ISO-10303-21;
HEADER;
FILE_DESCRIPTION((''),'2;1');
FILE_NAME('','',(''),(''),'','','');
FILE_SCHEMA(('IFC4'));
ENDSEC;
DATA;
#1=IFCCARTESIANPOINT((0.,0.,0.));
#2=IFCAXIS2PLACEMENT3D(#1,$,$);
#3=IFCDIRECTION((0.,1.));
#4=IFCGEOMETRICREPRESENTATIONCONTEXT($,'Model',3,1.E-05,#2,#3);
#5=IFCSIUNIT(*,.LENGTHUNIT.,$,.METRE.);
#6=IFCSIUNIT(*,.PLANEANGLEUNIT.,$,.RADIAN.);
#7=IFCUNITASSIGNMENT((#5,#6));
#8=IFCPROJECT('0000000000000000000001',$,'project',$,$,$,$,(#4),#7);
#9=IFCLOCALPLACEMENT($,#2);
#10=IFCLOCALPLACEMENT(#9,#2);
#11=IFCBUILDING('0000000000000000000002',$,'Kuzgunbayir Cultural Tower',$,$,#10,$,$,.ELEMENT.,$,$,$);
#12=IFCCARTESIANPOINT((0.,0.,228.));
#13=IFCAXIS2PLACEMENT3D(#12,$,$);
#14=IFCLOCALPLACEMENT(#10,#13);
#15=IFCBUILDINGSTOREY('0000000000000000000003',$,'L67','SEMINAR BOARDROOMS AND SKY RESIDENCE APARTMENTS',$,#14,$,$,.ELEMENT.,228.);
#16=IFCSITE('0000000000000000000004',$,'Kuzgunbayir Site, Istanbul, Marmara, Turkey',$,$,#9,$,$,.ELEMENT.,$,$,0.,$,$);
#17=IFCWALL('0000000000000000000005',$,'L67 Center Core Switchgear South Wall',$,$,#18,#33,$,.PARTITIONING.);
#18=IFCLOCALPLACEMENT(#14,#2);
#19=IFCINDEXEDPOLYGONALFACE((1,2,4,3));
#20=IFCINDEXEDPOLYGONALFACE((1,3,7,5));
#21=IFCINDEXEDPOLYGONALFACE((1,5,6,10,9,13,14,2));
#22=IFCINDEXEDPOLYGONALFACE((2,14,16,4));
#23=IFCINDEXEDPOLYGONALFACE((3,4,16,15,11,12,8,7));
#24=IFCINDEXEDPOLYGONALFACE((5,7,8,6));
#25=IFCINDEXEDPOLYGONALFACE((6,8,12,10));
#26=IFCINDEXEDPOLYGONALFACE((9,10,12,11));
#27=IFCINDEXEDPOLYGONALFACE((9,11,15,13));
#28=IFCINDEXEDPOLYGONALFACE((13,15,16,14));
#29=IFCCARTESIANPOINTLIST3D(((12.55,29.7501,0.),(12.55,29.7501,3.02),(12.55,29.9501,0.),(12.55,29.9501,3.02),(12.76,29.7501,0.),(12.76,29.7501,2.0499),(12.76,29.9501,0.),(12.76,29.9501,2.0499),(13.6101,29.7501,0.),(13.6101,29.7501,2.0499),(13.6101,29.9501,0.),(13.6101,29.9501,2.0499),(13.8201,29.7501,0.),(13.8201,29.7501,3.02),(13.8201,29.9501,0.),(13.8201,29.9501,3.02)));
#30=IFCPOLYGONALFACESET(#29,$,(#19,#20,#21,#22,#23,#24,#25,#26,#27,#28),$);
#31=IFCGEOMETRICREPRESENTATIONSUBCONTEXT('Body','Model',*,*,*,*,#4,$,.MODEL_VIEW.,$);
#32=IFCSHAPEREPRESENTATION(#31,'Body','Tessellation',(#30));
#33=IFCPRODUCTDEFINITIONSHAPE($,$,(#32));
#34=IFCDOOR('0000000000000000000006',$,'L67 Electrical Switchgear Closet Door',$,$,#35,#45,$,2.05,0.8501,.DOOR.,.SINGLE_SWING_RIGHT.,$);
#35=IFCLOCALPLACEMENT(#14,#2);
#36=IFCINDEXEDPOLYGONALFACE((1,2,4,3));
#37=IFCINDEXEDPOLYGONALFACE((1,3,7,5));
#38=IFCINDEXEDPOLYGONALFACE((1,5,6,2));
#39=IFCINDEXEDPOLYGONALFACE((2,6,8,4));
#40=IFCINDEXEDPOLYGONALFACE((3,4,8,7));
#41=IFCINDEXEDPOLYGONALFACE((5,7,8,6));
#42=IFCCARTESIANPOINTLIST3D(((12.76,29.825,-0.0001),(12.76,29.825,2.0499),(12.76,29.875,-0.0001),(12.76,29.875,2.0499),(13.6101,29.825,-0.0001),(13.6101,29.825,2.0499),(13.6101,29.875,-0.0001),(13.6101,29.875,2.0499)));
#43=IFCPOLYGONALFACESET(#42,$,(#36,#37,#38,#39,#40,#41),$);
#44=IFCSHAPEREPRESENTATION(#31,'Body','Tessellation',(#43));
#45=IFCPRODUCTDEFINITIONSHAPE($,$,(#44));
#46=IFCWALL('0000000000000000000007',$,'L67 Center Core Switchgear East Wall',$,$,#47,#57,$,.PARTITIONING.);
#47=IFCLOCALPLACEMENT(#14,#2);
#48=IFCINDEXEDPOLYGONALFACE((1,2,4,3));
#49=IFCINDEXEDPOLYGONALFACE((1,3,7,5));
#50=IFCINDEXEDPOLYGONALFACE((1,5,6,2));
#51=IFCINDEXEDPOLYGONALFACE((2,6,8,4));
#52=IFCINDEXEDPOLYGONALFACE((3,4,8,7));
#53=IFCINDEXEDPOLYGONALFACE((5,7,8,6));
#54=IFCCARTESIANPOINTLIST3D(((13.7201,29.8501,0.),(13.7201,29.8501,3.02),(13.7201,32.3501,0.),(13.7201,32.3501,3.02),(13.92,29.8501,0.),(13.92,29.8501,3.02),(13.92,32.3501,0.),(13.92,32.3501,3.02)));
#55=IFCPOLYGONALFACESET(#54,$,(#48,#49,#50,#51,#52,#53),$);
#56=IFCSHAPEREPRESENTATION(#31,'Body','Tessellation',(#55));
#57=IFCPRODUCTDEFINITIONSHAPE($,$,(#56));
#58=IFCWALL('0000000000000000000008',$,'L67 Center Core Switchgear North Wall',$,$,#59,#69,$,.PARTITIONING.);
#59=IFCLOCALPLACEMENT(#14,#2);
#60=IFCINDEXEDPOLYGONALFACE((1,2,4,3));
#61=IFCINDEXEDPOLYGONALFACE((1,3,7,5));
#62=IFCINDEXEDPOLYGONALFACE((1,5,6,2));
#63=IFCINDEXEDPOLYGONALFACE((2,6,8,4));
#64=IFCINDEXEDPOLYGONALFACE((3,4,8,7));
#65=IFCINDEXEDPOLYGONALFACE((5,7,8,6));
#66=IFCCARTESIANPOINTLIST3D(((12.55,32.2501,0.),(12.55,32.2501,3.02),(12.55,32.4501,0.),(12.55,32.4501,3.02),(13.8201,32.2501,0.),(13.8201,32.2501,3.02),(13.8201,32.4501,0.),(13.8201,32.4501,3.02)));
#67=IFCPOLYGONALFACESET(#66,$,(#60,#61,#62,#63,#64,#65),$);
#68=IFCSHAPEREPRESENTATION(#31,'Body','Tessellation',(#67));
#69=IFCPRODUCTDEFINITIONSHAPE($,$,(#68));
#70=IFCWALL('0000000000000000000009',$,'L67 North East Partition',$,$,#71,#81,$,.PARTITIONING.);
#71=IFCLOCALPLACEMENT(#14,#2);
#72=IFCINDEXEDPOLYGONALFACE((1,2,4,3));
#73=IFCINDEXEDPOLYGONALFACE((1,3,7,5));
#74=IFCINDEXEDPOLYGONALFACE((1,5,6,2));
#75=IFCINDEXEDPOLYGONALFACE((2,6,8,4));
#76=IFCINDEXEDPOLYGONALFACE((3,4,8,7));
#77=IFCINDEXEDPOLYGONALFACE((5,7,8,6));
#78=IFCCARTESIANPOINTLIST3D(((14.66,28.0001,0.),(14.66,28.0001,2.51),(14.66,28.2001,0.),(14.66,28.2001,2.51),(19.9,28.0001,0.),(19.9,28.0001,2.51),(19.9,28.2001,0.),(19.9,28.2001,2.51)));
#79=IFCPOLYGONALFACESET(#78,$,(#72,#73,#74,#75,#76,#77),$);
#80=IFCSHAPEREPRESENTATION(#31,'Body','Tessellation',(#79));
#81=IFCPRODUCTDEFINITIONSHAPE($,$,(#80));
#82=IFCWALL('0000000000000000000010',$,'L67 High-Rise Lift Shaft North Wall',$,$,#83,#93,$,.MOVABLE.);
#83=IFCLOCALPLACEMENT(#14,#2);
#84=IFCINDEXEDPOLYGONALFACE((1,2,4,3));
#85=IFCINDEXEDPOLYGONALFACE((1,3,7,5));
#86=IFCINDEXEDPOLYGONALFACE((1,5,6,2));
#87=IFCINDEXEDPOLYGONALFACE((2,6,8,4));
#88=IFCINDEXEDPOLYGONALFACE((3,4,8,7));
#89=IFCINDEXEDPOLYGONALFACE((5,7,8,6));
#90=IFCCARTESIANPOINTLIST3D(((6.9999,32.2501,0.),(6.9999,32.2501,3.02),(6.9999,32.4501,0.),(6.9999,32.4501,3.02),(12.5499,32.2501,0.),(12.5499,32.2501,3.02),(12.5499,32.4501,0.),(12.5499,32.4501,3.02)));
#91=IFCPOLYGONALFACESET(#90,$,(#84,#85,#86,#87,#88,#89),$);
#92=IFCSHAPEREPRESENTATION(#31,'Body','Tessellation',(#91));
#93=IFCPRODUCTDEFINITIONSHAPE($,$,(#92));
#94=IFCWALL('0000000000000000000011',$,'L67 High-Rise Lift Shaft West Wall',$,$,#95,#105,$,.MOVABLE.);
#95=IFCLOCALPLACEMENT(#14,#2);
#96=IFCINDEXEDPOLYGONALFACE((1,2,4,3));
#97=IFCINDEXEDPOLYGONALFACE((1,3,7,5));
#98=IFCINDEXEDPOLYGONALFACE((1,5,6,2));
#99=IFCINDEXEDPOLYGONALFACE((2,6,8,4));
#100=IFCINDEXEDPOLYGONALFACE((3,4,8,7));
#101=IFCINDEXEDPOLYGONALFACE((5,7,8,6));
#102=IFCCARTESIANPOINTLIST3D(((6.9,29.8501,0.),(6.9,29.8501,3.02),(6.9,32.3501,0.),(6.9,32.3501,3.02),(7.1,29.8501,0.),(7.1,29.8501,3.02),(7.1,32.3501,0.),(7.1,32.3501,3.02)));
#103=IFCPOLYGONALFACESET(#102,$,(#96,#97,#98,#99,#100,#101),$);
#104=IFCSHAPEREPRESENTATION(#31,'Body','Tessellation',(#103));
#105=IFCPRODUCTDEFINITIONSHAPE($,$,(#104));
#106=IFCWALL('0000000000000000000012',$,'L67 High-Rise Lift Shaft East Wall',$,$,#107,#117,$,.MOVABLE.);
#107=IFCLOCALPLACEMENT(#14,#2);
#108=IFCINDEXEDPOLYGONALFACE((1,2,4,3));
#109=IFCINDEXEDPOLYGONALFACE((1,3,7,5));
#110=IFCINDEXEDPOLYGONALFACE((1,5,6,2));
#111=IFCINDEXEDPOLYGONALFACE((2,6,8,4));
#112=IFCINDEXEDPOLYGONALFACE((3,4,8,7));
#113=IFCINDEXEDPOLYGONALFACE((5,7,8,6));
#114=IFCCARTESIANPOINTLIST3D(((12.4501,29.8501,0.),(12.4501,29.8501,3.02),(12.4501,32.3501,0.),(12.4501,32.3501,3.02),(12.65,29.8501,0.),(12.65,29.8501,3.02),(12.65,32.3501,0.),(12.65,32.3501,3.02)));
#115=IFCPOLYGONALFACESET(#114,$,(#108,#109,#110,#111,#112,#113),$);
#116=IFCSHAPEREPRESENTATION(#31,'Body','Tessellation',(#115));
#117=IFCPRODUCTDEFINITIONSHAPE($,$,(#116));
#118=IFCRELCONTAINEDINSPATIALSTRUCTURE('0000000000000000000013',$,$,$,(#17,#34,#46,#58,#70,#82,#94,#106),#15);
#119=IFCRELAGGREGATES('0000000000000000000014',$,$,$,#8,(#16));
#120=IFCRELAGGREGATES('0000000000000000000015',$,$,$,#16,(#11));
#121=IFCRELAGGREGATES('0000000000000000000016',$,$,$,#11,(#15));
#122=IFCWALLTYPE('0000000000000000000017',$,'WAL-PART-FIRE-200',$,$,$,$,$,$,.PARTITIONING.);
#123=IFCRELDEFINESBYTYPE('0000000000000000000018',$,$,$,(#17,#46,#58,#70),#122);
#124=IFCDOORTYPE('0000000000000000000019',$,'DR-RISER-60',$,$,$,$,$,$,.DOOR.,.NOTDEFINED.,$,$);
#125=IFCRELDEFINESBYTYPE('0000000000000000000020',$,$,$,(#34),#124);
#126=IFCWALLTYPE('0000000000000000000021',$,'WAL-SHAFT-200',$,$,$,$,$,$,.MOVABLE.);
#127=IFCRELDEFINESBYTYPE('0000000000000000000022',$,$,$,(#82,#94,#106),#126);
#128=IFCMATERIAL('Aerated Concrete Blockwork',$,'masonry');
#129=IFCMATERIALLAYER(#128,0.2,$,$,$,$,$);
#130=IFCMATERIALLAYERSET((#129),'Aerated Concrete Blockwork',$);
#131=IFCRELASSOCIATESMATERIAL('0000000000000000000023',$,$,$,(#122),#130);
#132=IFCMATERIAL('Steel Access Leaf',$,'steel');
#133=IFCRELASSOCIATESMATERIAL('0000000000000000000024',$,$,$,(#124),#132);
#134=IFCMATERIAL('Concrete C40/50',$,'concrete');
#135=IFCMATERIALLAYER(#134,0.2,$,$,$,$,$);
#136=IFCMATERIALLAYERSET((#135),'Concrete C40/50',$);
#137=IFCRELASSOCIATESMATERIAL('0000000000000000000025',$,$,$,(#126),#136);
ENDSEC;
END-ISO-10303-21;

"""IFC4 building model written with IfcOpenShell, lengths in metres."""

from ifc_helpers import new_model, si_unit, direction, frame, frame_2d, origin, place, context, subcontext, project, spatial, rectangle, extrude, material, layer, layer_set, type_object, element, fill, save


model = new_model("IFC4")

# Units and contexts
model_context = context("Model", 3, precision=1e-05, world=origin(), true_north=direction((0.0, 1.0)))
body_context = subcontext(model_context, "Body", "Model", "MODEL_VIEW")
ifc_project = project(units=[si_unit("LENGTHUNIT", "METRE"), si_unit("PLANEANGLEUNIT", "RADIAN")], contexts=[model_context])

# Site, building, storey
site_placement = place(None, origin())
site = spatial("IfcSite", under=ifc_project, at=site_placement, Name="Kuzgunbayir Site, Istanbul, Marmara, Turkey", CompositionType="ELEMENT", RefElevation=0.0)
building_placement = place(site_placement, origin())
building = spatial("IfcBuilding", under=site, at=building_placement, Name="Kuzgunbayir Cultural Tower", CompositionType="ELEMENT")
storey_placement = place(building_placement, frame((0.0, 0.0, 228.0)))
storey = spatial("IfcBuildingStorey", under=building, at=storey_placement, Name="L67", Description="SEMINAR BOARDROOMS AND SKY RESIDENCE APARTMENTS", CompositionType="ELEMENT", Elevation=228.0)

# Wall, opening, door
ifc_material_1 = material(Name="Aerated Concrete Blockwork", Category="masonry")
ifc_layer_1 = layer(ifc_material_1, 0.2)
ifc_layer_set_1 = layer_set([ifc_layer_1], Name="Aerated Concrete Blockwork")
wall_type_1 = type_object("IfcWallType", Name="WAL-PART-FIRE-200", PredefinedType="PARTITIONING", material=ifc_layer_set_1)
wall_1_placement = place(storey_placement, frame((12.55, 29.8501, 0.0), z_axis=(0.0, 0.0, 1.0), x_axis=(1.0, 0.0, 0.0)))
wall_1 = element("IfcWall", 1, at=wall_1_placement, inside=storey, type_object=wall_type_1, Name="L67 Center Core Switchgear South Wall", PredefinedType="PARTITIONING", context=body_context, shape_type="SweptSolid", body=[
    extrude(rectangle(XDim=1.27, YDim=0.2, at=frame_2d((0.635, 0.0))), origin(), (0.0, 0.0, 1.0), 3.02),
])
opening_1_placement = place(wall_1_placement, frame((0.21, 0.0, 0.0)))
opening_1 = element("IfcOpeningElement", 2, at=opening_1_placement, cuts=wall_1, PredefinedType="OPENING", context=body_context, shape_type="SweptSolid", body=[
    extrude(rectangle(XDim=0.8501, YDim=2.05, at=frame_2d((0.425, 1.0249))), frame((0.0, 0.1099, 0.0), z_axis=(0.0, -1.0, 0.0), x_axis=(1.0, 0.0, 0.0)), (0.0, 0.0, 1.0), 0.22),
])
ifc_material_2 = material(Name="Steel Access Leaf", Category="steel")
door_type_1 = type_object("IfcDoorType", Name="DR-RISER-60", OperationType="NOTDEFINED", PredefinedType="DOOR", material=ifc_material_2)
door_1_placement = place(opening_1_placement, origin())
door_1 = element("IfcDoor", 3, at=door_1_placement, inside=storey, type_object=door_type_1, Name="L67 Electrical Switchgear Closet Door", OperationType="SINGLE_SWING_RIGHT", OverallHeight=2.05, OverallWidth=0.8501, PredefinedType="DOOR", context=body_context, shape_type="SweptSolid", body=[
    extrude(rectangle(XDim=0.8501, YDim=2.05, at=frame_2d((0.425, 1.0249))), frame((0.0, 0.0249, 0.0), z_axis=(0.0, -1.0, 0.0), x_axis=(1.0, 0.0, 0.0)), (0.0, 0.0, 1.0), 0.05),
])
fill(opening_1, door_1)

# Walls
wall_2_placement = place(storey_placement, frame((13.8201, 29.8501, 0.0), z_axis=(0.0, 0.0, 1.0), x_axis=(0.0, 1.0, 0.0)))
element("IfcWall", 4, at=wall_2_placement, inside=storey, type_object=wall_type_1, Name="L67 Center Core Switchgear East Wall", PredefinedType="PARTITIONING", context=body_context, shape_type="SweptSolid", body=[
    extrude(rectangle(XDim=2.5, YDim=0.2, at=frame_2d((1.25, 0.0))), origin(), (0.0, 0.0, 1.0), 3.02),
])
wall_3_placement = place(storey_placement, frame((12.55, 32.3501, 0.0), z_axis=(0.0, 0.0, 1.0), x_axis=(1.0, 0.0, 0.0)))
element("IfcWall", 5, at=wall_3_placement, inside=storey, type_object=wall_type_1, Name="L67 Center Core Switchgear North Wall", PredefinedType="PARTITIONING", context=body_context, shape_type="SweptSolid", body=[
    extrude(rectangle(XDim=1.27, YDim=0.2, at=frame_2d((0.635, 0.0))), origin(), (0.0, 0.0, 1.0), 3.02),
])
wall_4_placement = place(storey_placement, frame((14.6599, 28.1001, 0.0), z_axis=(0.0, 0.0, 1.0), x_axis=(1.0, 0.0, 0.0)))
element("IfcWall", 6, at=wall_4_placement, inside=storey, type_object=wall_type_1, Name="L67 North East Partition", PredefinedType="PARTITIONING", context=body_context, shape_type="SweptSolid", body=[
    extrude(rectangle(XDim=5.24, YDim=0.2, at=frame_2d((2.6201, 0.0))), origin(), (0.0, 0.0, 1.0), 2.51),
])

# Shared definitions
ifc_material_3 = material(Name="Concrete C40/50", Category="concrete")
ifc_layer_2 = layer(ifc_material_3, 0.2)
ifc_layer_set_2 = layer_set([ifc_layer_2], Name="Concrete C40/50")
wall_type_2 = type_object("IfcWallType", Name="WAL-SHAFT-200", PredefinedType="MOVABLE", material=ifc_layer_set_2)

# Walls
wall_5_placement = place(storey_placement, frame((7.0, 32.3501, 0.0), z_axis=(0.0, 0.0, 1.0), x_axis=(1.0, 0.0, 0.0)))
element("IfcWall", 7, at=wall_5_placement, inside=storey, type_object=wall_type_2, Name="L67 High-Rise Lift Shaft North Wall", PredefinedType="MOVABLE", context=body_context, shape_type="SweptSolid", body=[
    extrude(rectangle(XDim=5.55, YDim=0.2, at=frame_2d((2.7749, 0.0))), origin(), (0.0, 0.0, 1.0), 3.02),
])
for number, where, z_axis, x_axis, name in (
    (8, (7.0, 29.8501, 0.0), (0.0, 0.0, 1.0), (0.0, 1.0, 0.0), "L67 High-Rise Lift Shaft West Wall"),
    (9, (12.55, 29.8501, 0.0), (0.0, 0.0, 1.0), (0.0, 1.0, 0.0), "L67 High-Rise Lift Shaft East Wall"),
):
    element("IfcWall", number, at=place(storey_placement, frame(where, z_axis=z_axis, x_axis=x_axis)), inside=storey, type_object=wall_type_2, Name=name, PredefinedType="MOVABLE", context=body_context, shape_type="SweptSolid", body=[
        extrude(rectangle(XDim=2.5, YDim=0.2, at=frame_2d((1.25, 0.0))), origin(), (0.0, 0.0, 1.0), 3.02),
    ])

save(model, "model.ifc")
